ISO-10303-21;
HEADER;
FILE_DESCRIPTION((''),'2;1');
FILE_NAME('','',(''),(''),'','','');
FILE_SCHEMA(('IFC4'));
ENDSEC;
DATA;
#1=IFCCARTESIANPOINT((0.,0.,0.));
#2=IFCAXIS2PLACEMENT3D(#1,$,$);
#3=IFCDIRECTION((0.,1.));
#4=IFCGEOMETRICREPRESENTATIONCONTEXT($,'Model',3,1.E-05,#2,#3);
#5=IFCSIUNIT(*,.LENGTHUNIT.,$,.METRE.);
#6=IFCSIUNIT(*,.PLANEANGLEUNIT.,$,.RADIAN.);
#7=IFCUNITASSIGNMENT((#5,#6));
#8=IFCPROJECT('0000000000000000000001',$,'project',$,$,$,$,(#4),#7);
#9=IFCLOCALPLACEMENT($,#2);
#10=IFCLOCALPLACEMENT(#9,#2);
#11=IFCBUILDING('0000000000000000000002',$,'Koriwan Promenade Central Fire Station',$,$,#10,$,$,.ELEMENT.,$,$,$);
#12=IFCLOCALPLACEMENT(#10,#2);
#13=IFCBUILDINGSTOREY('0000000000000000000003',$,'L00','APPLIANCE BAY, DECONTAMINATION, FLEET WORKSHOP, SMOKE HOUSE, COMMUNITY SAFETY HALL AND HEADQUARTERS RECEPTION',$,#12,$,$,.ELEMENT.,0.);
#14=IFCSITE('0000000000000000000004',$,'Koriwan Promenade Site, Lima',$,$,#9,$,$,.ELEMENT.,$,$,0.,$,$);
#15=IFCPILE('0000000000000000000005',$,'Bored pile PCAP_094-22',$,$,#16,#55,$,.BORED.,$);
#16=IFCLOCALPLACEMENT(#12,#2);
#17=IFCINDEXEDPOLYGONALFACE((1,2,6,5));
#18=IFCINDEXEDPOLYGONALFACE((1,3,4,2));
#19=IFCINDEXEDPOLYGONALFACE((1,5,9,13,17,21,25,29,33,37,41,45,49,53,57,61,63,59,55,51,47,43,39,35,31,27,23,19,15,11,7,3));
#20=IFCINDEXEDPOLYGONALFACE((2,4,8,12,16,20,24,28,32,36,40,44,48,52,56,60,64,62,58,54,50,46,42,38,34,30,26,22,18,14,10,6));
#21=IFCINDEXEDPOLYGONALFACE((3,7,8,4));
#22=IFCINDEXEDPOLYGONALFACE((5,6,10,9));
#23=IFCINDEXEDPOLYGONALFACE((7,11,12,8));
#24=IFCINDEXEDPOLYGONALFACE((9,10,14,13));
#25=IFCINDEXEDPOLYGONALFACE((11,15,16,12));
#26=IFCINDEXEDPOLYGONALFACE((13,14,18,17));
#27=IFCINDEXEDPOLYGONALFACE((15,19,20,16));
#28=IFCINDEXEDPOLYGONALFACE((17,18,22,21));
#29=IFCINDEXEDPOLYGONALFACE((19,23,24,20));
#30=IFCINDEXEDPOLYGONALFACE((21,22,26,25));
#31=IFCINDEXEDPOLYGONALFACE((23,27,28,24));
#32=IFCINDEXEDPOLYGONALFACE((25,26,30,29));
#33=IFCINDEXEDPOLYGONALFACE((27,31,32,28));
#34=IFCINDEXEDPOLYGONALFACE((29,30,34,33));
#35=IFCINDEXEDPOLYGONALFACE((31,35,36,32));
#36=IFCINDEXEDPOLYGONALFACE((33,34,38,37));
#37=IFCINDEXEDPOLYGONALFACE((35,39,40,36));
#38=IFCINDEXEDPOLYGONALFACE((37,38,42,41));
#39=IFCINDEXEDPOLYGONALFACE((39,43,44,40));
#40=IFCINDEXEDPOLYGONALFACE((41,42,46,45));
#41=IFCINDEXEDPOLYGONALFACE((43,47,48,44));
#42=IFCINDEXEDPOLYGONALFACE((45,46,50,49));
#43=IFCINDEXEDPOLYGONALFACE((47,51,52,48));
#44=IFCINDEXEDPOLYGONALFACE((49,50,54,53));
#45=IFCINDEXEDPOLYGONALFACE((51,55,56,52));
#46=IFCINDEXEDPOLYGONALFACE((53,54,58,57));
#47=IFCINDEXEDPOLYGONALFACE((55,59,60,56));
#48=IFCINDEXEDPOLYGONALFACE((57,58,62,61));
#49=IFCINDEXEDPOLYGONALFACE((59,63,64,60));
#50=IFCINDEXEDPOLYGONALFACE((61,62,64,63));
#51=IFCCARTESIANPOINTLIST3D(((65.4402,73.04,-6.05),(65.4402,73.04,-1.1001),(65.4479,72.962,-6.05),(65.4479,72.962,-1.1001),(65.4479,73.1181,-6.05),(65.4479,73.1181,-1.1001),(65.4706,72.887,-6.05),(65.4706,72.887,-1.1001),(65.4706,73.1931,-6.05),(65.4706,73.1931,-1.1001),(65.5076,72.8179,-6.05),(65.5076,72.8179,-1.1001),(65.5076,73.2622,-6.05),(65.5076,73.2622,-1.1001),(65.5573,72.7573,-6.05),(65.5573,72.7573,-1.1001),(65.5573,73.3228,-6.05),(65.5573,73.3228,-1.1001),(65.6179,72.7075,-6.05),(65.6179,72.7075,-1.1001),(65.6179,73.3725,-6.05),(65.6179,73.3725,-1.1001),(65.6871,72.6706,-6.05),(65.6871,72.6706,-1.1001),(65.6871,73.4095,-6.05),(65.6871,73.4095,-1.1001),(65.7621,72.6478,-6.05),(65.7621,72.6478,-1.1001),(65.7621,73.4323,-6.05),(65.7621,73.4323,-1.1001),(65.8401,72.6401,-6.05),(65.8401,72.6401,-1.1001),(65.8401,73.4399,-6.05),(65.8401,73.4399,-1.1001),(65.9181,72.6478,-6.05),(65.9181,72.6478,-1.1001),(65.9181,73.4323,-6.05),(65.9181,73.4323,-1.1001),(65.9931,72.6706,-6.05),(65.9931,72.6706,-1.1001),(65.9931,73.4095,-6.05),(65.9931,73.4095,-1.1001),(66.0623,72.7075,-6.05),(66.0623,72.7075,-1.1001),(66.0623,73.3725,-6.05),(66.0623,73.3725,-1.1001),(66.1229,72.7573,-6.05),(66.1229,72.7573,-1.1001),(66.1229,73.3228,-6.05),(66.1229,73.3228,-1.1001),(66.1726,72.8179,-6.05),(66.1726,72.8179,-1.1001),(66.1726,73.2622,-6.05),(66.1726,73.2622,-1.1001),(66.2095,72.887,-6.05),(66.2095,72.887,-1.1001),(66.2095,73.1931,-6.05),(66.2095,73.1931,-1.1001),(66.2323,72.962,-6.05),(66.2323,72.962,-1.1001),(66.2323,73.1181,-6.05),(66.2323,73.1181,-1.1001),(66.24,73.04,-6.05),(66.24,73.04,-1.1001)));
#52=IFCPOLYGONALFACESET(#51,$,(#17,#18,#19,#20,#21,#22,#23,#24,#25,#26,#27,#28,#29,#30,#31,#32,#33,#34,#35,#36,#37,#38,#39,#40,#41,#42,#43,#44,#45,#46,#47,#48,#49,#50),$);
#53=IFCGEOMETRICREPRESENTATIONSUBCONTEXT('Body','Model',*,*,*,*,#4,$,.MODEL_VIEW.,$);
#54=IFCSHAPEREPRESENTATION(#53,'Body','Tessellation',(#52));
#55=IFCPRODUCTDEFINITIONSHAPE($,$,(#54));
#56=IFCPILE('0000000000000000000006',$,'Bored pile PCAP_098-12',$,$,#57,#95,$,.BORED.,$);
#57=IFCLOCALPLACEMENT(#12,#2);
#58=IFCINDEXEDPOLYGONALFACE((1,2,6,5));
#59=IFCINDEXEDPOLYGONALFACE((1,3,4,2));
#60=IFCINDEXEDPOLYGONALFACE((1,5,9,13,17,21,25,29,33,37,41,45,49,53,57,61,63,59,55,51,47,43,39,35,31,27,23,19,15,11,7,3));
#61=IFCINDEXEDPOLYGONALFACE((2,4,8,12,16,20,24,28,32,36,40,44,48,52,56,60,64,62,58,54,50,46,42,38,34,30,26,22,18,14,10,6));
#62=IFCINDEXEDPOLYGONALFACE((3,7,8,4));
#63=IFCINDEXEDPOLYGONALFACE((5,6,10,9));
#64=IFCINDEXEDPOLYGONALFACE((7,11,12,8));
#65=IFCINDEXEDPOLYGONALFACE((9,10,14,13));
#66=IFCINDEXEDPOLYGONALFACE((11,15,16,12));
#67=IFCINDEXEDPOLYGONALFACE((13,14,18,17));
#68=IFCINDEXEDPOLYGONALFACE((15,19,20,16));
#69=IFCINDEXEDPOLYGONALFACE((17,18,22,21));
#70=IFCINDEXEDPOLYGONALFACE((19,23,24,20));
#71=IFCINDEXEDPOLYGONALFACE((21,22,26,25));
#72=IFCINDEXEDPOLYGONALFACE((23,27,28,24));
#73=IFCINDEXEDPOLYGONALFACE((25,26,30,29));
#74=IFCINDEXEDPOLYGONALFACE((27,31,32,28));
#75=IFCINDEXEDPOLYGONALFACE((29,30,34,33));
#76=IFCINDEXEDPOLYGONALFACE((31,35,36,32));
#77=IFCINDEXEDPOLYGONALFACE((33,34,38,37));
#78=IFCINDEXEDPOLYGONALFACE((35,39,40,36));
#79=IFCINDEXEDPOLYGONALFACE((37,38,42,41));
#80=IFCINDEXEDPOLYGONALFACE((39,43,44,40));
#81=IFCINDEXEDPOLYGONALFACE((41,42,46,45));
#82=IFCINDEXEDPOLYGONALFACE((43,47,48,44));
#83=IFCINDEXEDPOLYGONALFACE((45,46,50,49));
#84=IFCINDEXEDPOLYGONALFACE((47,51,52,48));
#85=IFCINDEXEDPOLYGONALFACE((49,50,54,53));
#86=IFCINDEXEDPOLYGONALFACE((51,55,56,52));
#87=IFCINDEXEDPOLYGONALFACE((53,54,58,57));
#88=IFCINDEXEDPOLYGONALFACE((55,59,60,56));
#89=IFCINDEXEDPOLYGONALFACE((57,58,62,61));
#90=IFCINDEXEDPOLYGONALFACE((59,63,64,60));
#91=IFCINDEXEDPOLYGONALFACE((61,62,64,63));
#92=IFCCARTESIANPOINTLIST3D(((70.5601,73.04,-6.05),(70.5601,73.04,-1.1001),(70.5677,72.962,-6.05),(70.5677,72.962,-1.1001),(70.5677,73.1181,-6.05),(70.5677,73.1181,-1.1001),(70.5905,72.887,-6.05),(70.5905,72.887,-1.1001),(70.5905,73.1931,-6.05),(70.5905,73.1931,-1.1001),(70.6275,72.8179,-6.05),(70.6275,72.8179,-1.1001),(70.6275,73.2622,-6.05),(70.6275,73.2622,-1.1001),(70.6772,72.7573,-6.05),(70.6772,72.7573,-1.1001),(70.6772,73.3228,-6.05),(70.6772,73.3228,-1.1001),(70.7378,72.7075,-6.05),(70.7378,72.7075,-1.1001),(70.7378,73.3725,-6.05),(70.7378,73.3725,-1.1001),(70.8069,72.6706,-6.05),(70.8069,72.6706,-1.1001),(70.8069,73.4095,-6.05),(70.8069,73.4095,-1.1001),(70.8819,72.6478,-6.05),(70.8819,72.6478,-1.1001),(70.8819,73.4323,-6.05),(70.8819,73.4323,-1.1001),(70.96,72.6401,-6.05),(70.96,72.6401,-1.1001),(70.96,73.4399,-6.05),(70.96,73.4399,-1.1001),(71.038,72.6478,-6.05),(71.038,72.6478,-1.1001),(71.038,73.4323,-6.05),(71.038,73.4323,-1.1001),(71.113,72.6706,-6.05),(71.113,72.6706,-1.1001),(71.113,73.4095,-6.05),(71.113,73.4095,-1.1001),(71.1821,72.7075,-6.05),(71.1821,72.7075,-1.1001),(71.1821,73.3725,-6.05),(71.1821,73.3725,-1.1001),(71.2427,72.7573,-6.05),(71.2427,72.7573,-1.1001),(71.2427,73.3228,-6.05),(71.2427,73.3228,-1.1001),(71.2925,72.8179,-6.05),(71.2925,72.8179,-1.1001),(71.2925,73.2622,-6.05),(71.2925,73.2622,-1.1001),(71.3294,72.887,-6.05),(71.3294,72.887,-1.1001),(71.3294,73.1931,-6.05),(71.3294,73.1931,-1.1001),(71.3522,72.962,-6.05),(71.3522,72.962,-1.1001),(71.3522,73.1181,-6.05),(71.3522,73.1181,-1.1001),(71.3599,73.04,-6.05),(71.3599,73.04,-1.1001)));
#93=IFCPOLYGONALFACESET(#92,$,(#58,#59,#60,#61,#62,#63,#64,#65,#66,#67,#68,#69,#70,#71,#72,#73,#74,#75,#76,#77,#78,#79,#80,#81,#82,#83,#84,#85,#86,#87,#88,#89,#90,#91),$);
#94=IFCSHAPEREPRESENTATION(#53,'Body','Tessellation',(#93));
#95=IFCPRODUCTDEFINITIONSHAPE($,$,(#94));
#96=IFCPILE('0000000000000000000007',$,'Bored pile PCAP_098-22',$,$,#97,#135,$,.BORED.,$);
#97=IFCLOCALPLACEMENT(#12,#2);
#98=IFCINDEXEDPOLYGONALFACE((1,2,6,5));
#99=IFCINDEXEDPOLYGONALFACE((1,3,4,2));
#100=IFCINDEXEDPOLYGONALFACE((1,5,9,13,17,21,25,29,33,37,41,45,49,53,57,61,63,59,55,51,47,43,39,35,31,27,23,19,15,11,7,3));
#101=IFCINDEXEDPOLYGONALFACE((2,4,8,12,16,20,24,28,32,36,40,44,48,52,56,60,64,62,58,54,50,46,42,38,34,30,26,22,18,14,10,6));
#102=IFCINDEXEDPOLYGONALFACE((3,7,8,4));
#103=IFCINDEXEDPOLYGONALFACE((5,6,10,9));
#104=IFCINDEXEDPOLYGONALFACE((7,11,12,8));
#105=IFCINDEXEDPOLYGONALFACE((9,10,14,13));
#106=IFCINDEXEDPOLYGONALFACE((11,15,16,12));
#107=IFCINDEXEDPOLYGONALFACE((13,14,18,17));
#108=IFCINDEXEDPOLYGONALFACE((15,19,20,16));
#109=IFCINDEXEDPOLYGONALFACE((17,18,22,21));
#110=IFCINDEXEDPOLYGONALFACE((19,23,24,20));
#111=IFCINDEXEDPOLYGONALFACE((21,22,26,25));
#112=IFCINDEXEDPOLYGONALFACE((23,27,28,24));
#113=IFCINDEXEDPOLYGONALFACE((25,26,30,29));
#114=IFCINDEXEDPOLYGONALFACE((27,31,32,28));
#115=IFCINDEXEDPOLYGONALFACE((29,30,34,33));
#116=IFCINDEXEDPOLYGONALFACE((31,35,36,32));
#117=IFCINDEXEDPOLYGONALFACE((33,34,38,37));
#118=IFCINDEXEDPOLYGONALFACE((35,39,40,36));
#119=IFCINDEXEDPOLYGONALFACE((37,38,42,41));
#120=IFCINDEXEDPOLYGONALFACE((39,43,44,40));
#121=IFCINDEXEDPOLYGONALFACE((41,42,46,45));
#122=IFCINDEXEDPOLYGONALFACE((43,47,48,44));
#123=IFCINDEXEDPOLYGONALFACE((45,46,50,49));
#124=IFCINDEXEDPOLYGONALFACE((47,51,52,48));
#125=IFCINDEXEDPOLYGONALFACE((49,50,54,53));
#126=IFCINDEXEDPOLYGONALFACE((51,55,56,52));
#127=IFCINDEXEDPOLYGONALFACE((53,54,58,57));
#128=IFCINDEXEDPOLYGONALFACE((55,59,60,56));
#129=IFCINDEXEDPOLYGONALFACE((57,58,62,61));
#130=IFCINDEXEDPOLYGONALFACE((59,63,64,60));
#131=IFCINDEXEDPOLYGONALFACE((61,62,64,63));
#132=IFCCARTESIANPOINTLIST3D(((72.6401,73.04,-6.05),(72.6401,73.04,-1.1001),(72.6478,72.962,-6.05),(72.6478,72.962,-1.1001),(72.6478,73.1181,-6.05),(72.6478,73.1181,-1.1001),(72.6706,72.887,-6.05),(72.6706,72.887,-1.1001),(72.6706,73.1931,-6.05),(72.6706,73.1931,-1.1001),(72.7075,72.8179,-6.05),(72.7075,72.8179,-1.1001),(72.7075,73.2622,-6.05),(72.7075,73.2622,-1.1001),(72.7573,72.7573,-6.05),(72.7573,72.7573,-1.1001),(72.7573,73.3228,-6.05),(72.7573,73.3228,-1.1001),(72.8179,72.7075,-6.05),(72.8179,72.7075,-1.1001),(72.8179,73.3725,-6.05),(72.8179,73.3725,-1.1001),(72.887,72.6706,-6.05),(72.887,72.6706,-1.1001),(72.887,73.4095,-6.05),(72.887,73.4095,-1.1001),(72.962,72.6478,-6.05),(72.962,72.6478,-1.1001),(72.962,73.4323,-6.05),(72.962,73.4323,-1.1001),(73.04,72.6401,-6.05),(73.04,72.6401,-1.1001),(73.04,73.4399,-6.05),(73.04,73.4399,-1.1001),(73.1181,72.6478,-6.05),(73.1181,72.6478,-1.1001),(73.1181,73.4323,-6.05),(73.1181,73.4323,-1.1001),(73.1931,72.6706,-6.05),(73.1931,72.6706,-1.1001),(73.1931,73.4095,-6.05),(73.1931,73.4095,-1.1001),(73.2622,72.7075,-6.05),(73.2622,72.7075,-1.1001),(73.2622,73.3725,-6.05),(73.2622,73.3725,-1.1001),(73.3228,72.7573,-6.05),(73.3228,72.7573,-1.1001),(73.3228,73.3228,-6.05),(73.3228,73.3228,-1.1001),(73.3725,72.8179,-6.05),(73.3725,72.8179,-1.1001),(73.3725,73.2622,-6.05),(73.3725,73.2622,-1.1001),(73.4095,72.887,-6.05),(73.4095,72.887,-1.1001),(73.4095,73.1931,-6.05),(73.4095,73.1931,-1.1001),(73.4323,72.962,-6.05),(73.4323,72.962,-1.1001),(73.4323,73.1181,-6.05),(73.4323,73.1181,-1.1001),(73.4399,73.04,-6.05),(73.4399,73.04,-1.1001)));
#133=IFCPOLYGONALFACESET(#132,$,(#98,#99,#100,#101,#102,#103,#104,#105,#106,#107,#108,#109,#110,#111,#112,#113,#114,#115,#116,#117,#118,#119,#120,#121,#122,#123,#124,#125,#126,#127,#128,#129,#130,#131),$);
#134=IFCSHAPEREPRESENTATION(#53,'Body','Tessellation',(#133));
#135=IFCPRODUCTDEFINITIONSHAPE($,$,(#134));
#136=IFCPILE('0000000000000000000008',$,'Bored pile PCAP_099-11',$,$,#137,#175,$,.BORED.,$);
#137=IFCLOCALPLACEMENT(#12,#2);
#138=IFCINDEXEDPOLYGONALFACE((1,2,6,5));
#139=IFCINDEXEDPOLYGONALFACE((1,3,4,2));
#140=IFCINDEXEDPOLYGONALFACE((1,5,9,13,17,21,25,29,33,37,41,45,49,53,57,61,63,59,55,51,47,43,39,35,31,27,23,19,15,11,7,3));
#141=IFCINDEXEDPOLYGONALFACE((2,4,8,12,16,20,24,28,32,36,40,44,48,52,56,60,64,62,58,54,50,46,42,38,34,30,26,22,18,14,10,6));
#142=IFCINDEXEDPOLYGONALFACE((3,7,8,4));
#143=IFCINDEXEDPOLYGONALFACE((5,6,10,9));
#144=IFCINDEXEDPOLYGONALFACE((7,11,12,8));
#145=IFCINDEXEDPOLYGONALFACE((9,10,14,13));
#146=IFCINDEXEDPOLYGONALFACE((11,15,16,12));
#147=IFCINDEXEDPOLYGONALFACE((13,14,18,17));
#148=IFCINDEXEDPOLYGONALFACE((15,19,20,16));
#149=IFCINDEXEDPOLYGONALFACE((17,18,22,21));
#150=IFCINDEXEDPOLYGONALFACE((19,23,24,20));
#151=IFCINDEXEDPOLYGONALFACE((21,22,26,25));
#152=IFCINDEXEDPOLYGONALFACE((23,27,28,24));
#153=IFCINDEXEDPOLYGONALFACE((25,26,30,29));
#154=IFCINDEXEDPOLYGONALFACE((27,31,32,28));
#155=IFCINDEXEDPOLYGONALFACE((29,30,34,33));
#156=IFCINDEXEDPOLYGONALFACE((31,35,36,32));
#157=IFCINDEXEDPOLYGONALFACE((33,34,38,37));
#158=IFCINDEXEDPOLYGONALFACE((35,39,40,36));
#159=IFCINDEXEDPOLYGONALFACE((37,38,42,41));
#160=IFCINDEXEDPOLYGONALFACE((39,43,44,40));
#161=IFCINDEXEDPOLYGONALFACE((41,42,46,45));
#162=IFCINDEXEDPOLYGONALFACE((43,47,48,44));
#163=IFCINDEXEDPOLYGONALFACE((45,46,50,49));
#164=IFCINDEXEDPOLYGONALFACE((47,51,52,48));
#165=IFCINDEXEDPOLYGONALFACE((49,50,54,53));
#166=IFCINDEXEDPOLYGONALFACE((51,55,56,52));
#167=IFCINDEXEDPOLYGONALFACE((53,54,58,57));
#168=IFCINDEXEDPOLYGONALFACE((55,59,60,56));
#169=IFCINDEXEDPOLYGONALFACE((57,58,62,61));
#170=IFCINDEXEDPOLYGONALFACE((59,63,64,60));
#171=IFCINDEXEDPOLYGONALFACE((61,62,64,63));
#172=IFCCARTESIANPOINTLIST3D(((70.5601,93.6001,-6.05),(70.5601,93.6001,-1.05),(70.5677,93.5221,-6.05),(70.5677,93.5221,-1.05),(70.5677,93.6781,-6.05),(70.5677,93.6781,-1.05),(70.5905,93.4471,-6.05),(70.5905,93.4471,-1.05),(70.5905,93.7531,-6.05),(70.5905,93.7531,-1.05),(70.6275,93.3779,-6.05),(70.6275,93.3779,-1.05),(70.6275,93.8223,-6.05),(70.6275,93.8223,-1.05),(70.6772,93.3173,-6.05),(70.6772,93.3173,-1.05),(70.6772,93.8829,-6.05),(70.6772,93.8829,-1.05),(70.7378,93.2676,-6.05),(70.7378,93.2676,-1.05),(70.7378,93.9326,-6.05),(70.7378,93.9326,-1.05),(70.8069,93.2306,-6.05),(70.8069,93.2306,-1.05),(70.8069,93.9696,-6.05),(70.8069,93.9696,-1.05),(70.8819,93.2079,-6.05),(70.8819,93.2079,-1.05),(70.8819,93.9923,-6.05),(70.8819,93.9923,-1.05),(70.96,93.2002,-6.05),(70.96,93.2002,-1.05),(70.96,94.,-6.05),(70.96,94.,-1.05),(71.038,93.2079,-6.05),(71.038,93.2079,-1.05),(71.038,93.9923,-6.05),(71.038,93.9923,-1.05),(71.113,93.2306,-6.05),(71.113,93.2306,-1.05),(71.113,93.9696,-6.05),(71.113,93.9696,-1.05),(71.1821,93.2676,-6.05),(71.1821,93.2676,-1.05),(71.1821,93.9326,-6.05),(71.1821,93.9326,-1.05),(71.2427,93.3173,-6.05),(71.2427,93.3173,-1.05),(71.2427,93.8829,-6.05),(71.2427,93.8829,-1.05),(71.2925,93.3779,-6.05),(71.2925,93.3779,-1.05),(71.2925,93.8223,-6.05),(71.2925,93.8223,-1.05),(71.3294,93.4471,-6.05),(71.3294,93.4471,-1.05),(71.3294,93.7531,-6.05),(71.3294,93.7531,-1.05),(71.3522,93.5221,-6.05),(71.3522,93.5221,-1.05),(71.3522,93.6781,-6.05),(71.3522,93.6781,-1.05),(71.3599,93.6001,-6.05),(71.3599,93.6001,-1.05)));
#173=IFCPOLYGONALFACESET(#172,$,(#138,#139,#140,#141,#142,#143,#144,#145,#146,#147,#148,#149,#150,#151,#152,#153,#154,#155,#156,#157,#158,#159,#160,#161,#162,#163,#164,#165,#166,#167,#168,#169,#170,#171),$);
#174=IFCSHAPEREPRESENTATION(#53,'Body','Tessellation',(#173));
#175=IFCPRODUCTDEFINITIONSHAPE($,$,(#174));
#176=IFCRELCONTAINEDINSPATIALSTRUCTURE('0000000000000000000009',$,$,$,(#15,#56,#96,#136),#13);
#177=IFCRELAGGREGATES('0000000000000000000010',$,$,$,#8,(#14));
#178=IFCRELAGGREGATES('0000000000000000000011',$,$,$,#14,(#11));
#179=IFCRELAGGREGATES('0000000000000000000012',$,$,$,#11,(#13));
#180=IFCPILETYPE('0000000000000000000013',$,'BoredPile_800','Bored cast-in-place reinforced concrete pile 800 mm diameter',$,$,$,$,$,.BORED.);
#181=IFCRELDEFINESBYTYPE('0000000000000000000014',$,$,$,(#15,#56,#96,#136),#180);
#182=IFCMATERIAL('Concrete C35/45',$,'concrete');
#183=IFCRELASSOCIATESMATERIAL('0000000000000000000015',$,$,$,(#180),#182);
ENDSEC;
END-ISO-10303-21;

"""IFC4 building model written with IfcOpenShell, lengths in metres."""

from ifc_helpers import new_model, si_unit, direction, frame, origin, origin_2d, place, context, subcontext, project, spatial, circle, extrude, material, material_profile, profile_set, type_object, element, save


model = new_model("IFC4")

# Units and contexts
model_context = context("Model", 3, precision=1e-05, world=origin(), true_north=direction((0.0, 1.0)))
body_context = subcontext(model_context, "Body", "Model", "MODEL_VIEW")
ifc_project = project(units=[si_unit("LENGTHUNIT", "METRE"), si_unit("PLANEANGLEUNIT", "RADIAN")], contexts=[model_context])

# Site, building, storey
site_placement = place(None, origin())
site = spatial("IfcSite", under=ifc_project, at=site_placement, Name="Koriwan Promenade Site, Lima", CompositionType="ELEMENT", RefElevation=0.0)
building_placement = place(site_placement, origin())
building = spatial("IfcBuilding", under=site, at=building_placement, Name="Koriwan Promenade Central Fire Station", CompositionType="ELEMENT")
storey_placement = place(building_placement, origin())
storey = spatial("IfcBuildingStorey", under=building, at=storey_placement, Name="L00", Description="APPLIANCE BAY, DECONTAMINATION, FLEET WORKSHOP, SMOKE HOUSE, COMMUNITY SAFETY HALL AND HEADQUARTERS RECEPTION", CompositionType="ELEMENT", Elevation=0.0)

# Piles
ifc_material_1 = material(Name="Concrete C35/45", Category="concrete")
ifc_material_profile_1 = material_profile(ifc_material_1, circle(Radius=0.3999, at=origin_2d()), Name="PILE-D800")
ifc_profile_set_1 = profile_set([ifc_material_profile_1], Name="Concrete C35/45")
pile_type = type_object("IfcPileType", Name="BoredPile_800", Description="Bored cast-in-place reinforced concrete pile 800 mm diameter", PredefinedType="BORED", material=ifc_profile_set_1)
for number, where, z_axis, x_axis, name in (
    (1, (65.8401, 73.04, -1.1001), (0.0, 0.0, -1.0), (1.0, 0.0, 0.0), "Bored pile PCAP_094-22"),
    (2, (70.96, 73.04, -1.1001), (0.0, 0.0, -1.0), (1.0, 0.0, 0.0), "Bored pile PCAP_098-12"),
    (3, (73.04, 73.04, -1.1001), (0.0, 0.0, -1.0), (1.0, 0.0, 0.0), "Bored pile PCAP_098-22"),
):
    element("IfcPile", number, at=place(storey_placement, frame(where, z_axis=z_axis, x_axis=x_axis)), inside=storey, type_object=pile_type, Name=name, PredefinedType="BORED", context=body_context, shape_type="SweptSolid", body=[
        extrude(circle(Radius=0.3999, at=origin_2d()), origin(), (0.0, 0.0, 1.0), 4.95),
    ])
for number, where, z_axis, x_axis, name in (
    (4, (70.96, 93.6001, -1.05), (0.0, 0.0, -1.0), (1.0, 0.0, 0.0), "Bored pile PCAP_099-11"),
):
    element("IfcPile", number, at=place(storey_placement, frame(where, z_axis=z_axis, x_axis=x_axis)), inside=storey, type_object=pile_type, Name=name, PredefinedType="BORED", context=body_context, shape_type="SweptSolid", body=[
        extrude(circle(Radius=0.3999, at=origin_2d()), origin(), (0.0, 0.0, 1.0), 5.0),
    ])

save(model, "model.ifc")
